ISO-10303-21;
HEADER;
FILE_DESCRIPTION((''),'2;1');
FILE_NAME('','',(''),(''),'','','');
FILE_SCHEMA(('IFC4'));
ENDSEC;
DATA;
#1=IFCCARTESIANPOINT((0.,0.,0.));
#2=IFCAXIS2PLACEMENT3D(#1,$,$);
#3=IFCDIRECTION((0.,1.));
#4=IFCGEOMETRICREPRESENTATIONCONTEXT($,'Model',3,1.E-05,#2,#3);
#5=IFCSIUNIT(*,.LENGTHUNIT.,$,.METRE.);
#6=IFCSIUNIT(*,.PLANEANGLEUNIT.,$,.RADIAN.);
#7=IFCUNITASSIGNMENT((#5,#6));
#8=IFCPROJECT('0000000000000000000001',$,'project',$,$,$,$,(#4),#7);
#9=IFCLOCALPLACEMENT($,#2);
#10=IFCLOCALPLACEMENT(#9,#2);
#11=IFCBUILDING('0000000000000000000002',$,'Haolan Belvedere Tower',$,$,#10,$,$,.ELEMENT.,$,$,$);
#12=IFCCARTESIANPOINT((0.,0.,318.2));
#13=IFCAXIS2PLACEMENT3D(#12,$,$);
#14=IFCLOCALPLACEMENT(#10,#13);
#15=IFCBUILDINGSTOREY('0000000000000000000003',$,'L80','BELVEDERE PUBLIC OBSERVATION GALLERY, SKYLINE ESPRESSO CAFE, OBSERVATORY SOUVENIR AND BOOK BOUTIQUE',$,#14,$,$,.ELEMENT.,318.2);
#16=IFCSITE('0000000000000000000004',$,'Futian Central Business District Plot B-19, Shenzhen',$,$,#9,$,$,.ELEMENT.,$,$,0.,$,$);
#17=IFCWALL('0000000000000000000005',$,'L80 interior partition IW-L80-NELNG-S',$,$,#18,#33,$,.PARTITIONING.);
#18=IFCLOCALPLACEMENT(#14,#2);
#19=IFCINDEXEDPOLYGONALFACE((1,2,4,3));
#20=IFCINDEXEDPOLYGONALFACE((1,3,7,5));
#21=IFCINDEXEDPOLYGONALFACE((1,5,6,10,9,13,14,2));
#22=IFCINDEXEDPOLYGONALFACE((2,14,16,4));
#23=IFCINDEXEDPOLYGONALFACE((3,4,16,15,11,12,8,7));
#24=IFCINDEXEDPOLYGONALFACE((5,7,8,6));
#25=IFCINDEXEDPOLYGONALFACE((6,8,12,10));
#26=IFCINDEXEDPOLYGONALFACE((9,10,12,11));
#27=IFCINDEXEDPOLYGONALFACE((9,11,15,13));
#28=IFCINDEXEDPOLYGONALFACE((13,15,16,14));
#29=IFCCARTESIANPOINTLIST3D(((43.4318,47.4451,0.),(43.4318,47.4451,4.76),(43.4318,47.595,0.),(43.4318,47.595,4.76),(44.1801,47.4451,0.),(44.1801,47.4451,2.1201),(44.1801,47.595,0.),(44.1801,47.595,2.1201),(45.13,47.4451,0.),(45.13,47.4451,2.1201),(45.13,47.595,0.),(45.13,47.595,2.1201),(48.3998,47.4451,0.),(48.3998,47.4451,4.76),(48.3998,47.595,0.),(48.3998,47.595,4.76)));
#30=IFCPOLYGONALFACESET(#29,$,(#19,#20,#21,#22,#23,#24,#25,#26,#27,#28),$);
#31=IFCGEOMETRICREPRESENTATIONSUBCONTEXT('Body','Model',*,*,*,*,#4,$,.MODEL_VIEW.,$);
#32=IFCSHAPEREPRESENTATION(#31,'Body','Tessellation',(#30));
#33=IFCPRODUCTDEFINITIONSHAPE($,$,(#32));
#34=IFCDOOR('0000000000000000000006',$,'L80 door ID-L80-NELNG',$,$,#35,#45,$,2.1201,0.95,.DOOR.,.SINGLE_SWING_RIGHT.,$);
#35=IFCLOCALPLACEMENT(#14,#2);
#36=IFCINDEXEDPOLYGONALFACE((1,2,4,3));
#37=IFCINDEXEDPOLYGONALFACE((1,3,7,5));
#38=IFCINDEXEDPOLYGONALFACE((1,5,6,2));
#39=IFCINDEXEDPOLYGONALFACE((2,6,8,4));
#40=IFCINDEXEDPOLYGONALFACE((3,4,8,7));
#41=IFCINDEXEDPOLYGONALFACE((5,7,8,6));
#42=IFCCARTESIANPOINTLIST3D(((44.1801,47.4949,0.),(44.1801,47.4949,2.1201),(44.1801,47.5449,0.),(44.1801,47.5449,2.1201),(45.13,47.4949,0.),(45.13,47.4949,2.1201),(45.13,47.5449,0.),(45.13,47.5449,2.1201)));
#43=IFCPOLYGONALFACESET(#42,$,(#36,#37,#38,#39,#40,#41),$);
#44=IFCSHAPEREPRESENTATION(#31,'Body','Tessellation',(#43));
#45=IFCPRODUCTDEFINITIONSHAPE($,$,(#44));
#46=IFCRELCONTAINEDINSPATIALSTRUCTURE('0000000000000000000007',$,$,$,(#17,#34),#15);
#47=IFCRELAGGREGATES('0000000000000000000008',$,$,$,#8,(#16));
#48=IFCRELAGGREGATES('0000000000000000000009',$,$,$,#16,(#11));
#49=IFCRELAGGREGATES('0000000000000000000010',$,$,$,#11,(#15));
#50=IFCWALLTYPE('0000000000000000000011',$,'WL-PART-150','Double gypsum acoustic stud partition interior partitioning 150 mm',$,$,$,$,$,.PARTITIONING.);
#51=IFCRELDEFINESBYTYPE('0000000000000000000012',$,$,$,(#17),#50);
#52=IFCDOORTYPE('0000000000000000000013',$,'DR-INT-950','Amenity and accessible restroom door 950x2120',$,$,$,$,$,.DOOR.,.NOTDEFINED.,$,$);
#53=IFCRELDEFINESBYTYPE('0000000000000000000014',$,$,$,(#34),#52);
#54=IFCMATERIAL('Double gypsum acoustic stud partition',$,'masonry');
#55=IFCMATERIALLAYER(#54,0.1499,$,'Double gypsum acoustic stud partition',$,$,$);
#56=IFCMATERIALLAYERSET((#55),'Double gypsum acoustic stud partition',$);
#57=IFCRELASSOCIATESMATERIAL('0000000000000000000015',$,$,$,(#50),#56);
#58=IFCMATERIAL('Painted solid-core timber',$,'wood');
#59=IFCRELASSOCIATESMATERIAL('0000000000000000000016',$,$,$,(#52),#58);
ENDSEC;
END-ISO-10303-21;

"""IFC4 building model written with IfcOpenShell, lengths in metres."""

from ifc_helpers import new_model, si_unit, direction, frame, frame_2d, origin, place, context, subcontext, project, spatial, rectangle, extrude, material, layer, layer_set, type_object, element, fill, save


model = new_model("IFC4")

# Units and contexts
model_context = context("Model", 3, precision=1e-05, world=origin(), true_north=direction((0.0, 1.0)))
body_context = subcontext(model_context, "Body", "Model", "MODEL_VIEW")
ifc_project = project(units=[si_unit("LENGTHUNIT", "METRE"), si_unit("PLANEANGLEUNIT", "RADIAN")], contexts=[model_context])

# Site, building, storey
site_placement = place(None, origin())
site = spatial("IfcSite", under=ifc_project, at=site_placement, Name="Futian Central Business District Plot B-19, Shenzhen", CompositionType="ELEMENT", RefElevation=0.0)
building_placement = place(site_placement, origin())
building = spatial("IfcBuilding", under=site, at=building_placement, Name="Haolan Belvedere Tower", CompositionType="ELEMENT")
storey_placement = place(building_placement, frame((0.0, 0.0, 318.2)))
storey = spatial("IfcBuildingStorey", under=building, at=storey_placement, Name="L80", Description="BELVEDERE PUBLIC OBSERVATION GALLERY, SKYLINE ESPRESSO CAFE, OBSERVATORY SOUVENIR AND BOOK BOUTIQUE", CompositionType="ELEMENT", Elevation=318.2)

# Shared definitions
ifc_material_1 = material(Name="Double gypsum acoustic stud partition", Category="masonry")
ifc_layer_1 = layer(ifc_material_1, 0.1499, Name="Double gypsum acoustic stud partition")
ifc_layer_set_1 = layer_set([ifc_layer_1], Name="Double gypsum acoustic stud partition")
wall_type_1 = type_object("IfcWallType", Name="WL-PART-150", Description="Double gypsum acoustic stud partition interior partitioning 150 mm", PredefinedType="PARTITIONING", material=ifc_layer_set_1)

# Shared definitions
ifc_material_2 = material(Name="Painted solid-core timber", Category="wood")
door_type = type_object("IfcDoorType", Name="DR-INT-950", Description="Amenity and accessible restroom door 950x2120", OperationType="NOTDEFINED", PredefinedType="DOOR", material=ifc_material_2)

# Wall, opening, door
wall_1_placement = place(storey_placement, frame((43.4319, 47.52, 0.0), z_axis=(0.0, 0.0, 1.0), x_axis=(1.0, 0.0, 0.0)))
wall_1 = element("IfcWall", 1, at=wall_1_placement, inside=storey, type_object=wall_type_1, Name="L80 interior partition IW-L80-NELNG-S", PredefinedType="PARTITIONING", context=body_context, shape_type="SweptSolid", body=[
    extrude(rectangle(XDim=4.968, YDim=0.1499, at=frame_2d((2.4839, 0.0))), origin(), (0.0, 0.0, 1.0), 4.76),
])
opening_1_placement = place(wall_1_placement, frame((0.748, 0.0, 0.0)))
opening_1 = element("IfcOpeningElement", 2, at=opening_1_placement, cuts=wall_1, PredefinedType="OPENING", context=body_context, shape_type="SweptSolid", body=[
    extrude(rectangle(XDim=0.95, YDim=2.1201, at=frame_2d((0.4751, 1.0601))), frame((0.0, 0.085, 0.0), z_axis=(0.0, -1.0, 0.0), x_axis=(1.0, 0.0, 0.0)), (0.0, 0.0, 1.0), 0.1699),
])
door_1_placement = place(opening_1_placement, origin())
door_1 = element("IfcDoor", 3, at=door_1_placement, inside=storey, type_object=door_type, Name="L80 door ID-L80-NELNG", OperationType="SINGLE_SWING_RIGHT", OverallHeight=2.1201, OverallWidth=0.95, PredefinedType="DOOR", context=body_context, shape_type="SweptSolid", body=[
    extrude(rectangle(XDim=0.95, YDim=2.1201, at=frame_2d((0.4751, 1.0601))), frame((0.0, 0.0249, 0.0), z_axis=(0.0, -1.0, 0.0), x_axis=(1.0, 0.0, 0.0)), (0.0, 0.0, 1.0), 0.05),
])
fill(opening_1, door_1)

save(model, "model.ifc")
